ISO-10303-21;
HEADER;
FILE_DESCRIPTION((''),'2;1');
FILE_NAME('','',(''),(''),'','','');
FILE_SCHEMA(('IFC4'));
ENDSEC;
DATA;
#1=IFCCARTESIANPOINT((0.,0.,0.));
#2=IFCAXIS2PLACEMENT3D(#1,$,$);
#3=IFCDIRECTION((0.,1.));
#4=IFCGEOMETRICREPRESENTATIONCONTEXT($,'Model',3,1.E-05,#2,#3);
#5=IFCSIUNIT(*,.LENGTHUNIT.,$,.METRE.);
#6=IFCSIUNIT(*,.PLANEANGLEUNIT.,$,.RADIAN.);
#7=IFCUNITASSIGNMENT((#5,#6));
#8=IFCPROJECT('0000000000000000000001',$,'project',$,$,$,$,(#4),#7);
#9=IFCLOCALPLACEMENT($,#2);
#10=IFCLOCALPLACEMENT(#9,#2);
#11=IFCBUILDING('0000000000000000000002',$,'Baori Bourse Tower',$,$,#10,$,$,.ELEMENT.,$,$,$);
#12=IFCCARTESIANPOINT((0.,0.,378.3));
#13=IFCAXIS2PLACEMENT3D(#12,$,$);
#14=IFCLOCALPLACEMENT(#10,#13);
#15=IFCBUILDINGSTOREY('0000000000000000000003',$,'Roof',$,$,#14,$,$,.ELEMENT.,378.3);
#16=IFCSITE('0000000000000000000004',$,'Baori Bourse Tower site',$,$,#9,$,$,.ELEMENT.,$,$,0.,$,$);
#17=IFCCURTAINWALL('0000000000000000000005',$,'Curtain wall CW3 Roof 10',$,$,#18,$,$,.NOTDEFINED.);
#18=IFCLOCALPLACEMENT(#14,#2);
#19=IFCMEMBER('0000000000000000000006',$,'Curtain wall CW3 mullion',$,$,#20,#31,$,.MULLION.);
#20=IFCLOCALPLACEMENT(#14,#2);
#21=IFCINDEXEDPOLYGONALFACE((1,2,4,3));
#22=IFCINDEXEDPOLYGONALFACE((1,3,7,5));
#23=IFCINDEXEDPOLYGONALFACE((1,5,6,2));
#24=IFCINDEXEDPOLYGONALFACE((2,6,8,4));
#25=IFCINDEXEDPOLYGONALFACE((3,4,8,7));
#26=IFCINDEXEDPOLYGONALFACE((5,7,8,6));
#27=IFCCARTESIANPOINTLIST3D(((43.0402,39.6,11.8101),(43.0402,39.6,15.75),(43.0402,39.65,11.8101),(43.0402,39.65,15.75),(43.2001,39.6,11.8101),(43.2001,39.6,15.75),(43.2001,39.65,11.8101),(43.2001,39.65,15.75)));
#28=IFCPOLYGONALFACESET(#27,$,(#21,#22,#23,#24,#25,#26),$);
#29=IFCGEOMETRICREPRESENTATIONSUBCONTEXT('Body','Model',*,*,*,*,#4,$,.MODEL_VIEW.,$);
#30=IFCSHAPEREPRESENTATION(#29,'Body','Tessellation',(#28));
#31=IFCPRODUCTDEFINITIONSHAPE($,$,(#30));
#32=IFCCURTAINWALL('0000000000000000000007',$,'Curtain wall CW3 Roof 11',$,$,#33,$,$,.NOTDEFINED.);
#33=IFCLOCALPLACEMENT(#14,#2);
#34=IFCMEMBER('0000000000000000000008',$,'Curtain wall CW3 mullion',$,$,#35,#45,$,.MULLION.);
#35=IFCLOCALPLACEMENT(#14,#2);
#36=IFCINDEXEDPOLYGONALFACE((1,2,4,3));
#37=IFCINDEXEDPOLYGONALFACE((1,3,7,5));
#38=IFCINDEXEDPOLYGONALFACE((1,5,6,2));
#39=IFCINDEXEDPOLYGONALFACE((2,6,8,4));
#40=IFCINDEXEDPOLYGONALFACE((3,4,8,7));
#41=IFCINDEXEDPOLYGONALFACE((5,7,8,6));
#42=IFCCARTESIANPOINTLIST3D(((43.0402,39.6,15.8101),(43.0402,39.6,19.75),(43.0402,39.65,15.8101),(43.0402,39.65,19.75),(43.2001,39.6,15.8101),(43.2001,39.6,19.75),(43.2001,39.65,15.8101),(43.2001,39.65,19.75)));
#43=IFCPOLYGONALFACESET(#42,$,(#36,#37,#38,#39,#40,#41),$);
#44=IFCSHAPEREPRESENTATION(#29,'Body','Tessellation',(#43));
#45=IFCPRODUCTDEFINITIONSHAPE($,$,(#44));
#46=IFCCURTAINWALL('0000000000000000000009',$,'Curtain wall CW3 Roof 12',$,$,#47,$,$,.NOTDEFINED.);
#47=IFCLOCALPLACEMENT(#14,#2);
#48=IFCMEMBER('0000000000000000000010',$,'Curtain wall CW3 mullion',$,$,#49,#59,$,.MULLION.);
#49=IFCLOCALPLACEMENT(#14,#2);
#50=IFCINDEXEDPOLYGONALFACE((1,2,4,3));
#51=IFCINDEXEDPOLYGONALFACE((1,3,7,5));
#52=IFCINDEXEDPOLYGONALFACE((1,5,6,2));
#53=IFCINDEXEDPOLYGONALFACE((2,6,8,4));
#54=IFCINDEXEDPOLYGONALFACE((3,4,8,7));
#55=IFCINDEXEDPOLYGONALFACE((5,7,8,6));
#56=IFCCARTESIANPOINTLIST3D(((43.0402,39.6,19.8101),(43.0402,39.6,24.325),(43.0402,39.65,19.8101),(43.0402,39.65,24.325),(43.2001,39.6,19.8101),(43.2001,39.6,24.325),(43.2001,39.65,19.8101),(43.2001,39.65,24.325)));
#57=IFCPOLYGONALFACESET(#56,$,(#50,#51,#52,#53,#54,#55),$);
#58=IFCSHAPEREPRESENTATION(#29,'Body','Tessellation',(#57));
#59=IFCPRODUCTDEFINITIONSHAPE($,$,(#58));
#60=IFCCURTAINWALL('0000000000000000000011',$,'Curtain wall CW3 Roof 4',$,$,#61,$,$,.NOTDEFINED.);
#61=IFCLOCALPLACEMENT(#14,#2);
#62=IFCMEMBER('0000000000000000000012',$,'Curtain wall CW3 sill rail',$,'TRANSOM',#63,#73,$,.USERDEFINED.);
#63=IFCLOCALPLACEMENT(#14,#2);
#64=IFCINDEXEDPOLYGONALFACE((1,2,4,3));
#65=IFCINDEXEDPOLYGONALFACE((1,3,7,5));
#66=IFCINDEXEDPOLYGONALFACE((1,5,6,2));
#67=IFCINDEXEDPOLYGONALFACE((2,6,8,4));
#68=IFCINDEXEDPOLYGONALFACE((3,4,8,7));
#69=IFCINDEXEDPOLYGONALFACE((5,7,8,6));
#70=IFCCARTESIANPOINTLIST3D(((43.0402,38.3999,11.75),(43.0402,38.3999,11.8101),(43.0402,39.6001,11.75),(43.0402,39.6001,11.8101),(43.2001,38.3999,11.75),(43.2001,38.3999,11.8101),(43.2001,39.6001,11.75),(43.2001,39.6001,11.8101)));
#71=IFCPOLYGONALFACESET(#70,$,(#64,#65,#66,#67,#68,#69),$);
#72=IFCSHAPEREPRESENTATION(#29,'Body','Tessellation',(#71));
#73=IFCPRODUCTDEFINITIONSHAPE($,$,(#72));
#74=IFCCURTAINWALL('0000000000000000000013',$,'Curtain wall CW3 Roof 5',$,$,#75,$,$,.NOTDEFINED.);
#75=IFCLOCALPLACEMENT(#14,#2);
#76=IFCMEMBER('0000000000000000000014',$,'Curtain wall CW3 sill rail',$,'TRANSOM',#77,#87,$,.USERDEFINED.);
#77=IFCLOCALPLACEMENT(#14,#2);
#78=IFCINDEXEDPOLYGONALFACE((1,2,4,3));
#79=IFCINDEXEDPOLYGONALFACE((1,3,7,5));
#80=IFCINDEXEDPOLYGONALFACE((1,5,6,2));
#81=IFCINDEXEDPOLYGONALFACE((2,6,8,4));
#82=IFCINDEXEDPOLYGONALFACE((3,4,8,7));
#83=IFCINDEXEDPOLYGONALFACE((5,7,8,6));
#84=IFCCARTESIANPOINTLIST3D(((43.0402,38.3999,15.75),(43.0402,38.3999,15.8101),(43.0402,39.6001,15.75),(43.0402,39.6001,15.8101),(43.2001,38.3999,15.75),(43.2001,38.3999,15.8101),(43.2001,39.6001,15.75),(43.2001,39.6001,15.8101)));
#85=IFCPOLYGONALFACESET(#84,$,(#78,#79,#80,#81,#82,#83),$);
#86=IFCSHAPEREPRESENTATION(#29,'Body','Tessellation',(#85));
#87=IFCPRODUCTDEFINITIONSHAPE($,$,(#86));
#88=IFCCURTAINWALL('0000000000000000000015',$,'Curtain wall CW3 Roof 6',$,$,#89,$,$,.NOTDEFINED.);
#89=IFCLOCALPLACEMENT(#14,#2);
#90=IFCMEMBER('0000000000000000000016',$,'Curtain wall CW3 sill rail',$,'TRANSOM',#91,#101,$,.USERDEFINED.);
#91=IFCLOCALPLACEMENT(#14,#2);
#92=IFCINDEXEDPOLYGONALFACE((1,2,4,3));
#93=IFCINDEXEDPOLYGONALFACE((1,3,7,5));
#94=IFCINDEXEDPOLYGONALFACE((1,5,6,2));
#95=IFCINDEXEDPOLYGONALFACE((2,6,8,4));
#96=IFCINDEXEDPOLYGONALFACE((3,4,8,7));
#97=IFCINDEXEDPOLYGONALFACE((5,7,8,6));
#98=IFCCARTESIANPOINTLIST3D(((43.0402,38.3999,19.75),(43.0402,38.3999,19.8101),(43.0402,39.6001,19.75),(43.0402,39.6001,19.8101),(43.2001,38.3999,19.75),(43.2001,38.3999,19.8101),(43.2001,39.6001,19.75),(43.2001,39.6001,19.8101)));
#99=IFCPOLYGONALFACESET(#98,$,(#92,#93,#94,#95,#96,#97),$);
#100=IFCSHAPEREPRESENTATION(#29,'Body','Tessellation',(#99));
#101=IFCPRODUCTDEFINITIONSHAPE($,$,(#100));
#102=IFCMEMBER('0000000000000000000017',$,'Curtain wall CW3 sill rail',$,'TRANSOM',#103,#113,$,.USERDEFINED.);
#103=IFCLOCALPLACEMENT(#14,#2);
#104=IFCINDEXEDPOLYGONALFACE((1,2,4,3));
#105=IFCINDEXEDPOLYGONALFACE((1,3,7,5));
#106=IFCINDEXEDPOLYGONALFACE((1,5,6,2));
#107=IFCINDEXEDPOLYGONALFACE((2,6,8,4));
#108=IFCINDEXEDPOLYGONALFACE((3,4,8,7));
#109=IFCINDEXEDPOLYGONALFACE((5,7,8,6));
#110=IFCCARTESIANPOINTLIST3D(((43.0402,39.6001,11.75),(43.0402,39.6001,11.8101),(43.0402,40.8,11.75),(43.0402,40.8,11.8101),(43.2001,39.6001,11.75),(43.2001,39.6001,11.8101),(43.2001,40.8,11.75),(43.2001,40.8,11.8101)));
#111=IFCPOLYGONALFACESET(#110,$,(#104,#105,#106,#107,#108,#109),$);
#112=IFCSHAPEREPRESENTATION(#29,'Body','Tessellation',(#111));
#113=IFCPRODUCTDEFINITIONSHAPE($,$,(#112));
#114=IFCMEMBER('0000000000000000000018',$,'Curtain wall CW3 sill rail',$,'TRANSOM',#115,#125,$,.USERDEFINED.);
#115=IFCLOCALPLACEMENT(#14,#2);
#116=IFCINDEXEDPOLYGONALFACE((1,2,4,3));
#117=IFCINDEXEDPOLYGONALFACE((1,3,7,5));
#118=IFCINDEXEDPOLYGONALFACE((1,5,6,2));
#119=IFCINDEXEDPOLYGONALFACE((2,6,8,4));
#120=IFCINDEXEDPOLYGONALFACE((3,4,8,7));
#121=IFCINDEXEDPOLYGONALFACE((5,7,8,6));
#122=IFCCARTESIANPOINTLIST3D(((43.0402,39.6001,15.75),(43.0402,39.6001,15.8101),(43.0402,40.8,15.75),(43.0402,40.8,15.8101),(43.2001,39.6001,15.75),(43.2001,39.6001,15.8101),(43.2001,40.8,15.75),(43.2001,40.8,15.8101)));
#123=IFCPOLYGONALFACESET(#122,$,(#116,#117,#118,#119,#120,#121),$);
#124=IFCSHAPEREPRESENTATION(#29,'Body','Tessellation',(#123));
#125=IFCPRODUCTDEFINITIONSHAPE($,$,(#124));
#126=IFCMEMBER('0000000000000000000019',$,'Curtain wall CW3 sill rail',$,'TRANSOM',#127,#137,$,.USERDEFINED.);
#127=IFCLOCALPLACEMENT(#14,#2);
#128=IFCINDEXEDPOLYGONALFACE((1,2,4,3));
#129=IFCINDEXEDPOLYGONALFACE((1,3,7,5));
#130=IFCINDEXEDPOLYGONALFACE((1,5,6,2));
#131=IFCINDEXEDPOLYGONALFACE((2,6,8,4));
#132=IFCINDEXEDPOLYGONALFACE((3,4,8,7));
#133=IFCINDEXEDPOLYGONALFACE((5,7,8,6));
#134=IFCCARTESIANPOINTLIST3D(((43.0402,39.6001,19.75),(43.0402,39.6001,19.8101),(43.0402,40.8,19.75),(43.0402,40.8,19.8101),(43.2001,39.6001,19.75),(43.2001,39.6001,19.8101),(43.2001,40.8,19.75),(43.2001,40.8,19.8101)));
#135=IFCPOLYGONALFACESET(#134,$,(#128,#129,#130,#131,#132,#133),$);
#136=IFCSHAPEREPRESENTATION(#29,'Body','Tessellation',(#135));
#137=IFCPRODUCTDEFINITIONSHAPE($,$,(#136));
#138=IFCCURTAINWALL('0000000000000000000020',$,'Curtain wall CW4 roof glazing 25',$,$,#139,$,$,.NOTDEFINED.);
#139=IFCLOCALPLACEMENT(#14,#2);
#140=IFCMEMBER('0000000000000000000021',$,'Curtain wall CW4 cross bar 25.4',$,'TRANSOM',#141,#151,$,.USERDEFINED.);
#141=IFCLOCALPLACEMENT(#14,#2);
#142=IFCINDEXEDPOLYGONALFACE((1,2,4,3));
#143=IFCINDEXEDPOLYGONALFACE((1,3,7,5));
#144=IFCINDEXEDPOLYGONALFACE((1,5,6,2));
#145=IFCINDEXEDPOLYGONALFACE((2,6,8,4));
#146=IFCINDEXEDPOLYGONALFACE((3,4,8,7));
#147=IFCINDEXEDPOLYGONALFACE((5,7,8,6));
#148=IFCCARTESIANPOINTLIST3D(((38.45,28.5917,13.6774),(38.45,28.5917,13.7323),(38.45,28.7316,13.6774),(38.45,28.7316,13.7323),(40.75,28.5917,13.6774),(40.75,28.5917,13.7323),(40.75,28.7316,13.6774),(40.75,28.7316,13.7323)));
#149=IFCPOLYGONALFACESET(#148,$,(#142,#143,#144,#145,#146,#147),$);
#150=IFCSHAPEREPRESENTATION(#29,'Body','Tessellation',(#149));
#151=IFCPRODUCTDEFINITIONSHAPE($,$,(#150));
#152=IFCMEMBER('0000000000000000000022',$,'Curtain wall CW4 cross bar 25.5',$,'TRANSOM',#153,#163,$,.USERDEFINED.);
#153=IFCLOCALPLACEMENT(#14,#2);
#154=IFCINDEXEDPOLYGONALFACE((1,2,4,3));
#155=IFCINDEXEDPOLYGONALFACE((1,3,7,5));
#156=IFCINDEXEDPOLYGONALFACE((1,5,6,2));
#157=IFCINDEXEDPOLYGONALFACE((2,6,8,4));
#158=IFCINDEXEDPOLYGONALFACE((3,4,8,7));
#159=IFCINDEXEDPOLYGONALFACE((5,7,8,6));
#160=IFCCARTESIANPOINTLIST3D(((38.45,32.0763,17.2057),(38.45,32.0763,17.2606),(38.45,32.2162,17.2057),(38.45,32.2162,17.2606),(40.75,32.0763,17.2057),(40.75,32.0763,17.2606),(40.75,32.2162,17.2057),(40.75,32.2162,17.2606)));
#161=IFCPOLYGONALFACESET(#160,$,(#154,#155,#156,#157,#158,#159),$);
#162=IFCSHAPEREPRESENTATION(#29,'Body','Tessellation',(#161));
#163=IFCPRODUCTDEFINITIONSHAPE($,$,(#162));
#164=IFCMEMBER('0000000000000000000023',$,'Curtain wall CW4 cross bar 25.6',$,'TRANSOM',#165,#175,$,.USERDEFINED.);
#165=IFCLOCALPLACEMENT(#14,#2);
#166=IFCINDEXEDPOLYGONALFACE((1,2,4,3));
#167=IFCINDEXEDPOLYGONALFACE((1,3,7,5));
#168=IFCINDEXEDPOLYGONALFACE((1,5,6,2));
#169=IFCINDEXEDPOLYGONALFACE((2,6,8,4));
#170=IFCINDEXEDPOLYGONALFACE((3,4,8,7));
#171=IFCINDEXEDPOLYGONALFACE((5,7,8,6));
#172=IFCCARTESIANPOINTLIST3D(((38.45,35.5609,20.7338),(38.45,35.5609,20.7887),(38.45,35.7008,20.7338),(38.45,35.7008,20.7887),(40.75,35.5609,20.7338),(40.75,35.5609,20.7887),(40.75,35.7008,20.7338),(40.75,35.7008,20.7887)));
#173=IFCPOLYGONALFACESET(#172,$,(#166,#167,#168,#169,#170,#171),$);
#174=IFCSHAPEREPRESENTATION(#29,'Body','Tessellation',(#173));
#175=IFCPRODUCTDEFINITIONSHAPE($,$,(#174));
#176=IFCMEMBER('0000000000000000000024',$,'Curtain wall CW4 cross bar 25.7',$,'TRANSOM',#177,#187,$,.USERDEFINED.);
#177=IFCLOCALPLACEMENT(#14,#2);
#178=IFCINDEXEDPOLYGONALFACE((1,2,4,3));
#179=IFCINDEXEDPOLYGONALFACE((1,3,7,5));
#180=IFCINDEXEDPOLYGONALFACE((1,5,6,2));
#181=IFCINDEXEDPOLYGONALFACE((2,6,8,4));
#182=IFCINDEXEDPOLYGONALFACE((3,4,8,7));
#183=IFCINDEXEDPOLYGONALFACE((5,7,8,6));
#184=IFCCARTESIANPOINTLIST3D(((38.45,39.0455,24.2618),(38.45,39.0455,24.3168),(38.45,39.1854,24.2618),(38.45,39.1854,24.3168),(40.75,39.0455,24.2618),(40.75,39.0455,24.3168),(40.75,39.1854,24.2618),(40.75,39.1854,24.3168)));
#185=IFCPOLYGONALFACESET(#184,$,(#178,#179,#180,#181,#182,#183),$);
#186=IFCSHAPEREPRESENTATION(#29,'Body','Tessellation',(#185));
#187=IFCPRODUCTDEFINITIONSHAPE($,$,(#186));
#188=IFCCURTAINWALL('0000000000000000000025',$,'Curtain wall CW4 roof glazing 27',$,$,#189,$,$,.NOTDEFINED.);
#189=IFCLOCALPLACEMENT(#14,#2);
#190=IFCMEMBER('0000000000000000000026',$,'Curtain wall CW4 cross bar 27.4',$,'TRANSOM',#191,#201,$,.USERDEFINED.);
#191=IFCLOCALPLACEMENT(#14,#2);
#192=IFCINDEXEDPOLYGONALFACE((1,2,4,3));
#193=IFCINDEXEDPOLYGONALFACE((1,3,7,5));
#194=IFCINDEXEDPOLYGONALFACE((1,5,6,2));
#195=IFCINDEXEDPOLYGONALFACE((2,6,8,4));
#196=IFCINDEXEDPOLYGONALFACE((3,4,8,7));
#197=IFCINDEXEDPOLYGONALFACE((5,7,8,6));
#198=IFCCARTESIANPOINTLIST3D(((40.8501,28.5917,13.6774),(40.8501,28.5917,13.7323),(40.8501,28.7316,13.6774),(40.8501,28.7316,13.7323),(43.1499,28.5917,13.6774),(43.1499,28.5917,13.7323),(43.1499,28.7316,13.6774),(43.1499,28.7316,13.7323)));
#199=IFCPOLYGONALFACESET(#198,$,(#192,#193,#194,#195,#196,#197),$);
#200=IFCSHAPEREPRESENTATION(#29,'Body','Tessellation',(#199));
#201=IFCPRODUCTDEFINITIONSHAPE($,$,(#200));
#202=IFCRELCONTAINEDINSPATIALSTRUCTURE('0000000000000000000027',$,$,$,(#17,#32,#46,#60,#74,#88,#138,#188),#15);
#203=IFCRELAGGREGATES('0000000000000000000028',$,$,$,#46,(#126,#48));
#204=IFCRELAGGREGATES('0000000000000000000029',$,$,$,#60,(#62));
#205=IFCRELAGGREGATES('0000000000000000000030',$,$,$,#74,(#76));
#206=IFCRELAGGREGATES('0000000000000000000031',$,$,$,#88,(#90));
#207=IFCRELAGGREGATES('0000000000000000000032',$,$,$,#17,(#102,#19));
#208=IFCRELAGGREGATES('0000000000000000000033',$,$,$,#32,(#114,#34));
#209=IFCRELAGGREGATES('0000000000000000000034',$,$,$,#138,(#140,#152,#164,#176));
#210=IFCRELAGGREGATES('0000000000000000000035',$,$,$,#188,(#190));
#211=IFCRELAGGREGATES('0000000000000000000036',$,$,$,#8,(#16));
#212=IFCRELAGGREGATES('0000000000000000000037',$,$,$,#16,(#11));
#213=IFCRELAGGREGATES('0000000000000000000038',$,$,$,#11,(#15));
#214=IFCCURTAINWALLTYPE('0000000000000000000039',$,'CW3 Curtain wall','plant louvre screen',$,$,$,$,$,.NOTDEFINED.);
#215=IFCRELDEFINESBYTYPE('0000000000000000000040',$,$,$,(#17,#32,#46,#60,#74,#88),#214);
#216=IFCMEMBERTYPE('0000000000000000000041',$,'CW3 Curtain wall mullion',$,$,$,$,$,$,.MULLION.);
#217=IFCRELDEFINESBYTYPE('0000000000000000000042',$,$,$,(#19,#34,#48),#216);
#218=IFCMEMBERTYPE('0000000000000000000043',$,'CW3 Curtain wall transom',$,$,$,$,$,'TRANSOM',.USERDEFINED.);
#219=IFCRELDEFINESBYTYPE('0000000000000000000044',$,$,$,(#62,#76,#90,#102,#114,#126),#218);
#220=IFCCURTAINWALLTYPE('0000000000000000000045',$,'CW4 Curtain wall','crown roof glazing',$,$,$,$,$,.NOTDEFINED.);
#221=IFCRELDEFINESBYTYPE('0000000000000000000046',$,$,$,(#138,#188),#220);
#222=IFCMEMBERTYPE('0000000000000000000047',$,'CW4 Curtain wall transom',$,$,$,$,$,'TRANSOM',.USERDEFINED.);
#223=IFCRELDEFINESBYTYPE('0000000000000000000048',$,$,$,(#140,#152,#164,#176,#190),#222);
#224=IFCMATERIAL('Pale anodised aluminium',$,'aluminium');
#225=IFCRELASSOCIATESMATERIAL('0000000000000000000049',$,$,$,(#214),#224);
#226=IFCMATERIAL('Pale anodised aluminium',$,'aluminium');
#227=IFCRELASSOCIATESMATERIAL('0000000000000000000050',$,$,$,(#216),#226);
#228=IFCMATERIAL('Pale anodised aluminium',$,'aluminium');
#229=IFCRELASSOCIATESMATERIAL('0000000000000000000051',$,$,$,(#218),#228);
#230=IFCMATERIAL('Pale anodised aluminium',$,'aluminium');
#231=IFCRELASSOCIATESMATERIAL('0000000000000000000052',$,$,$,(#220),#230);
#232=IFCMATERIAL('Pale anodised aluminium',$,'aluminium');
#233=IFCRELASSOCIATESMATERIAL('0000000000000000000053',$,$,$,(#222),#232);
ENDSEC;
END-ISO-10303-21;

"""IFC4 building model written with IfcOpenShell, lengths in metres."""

from ifc_helpers import new_model, si_unit, direction, frame, origin, origin_2d, place, context, subcontext, project, spatial, rectangle, extrude, material, material_profile, profile_set, type_object, element, aggregate, save


model = new_model("IFC4")

# Units and contexts
model_context = context("Model", 3, precision=1e-05, world=origin(), true_north=direction((0.0, 1.0)))
body_context = subcontext(model_context, "Body", "Model", "MODEL_VIEW")
ifc_project = project(units=[si_unit("LENGTHUNIT", "METRE"), si_unit("PLANEANGLEUNIT", "RADIAN")], contexts=[model_context])

# Site, building, storey
site_placement = place(None, origin())
site = spatial("IfcSite", under=ifc_project, at=site_placement, Name="Baori Bourse Tower site", CompositionType="ELEMENT", RefElevation=0.0)
building_placement = place(site_placement, origin())
building = spatial("IfcBuilding", under=site, at=building_placement, Name="Baori Bourse Tower", CompositionType="ELEMENT")
storey_placement = place(building_placement, frame((0.0, 0.0, 378.3)))
storey = spatial("IfcBuildingStorey", under=building, at=storey_placement, Name="Roof", CompositionType="ELEMENT", Elevation=378.3)

# Curtain walls, members
ifc_material_1 = material(Name="Pale anodised aluminium", Category="aluminium")
curtain_wall_type_1 = type_object("IfcCurtainWallType", Name="CW3 Curtain wall", Description="plant louvre screen", PredefinedType="NOTDEFINED", material=ifc_material_1)
curtain_wall_1_placement = place(storey_placement, origin())
curtain_wall_1 = element("IfcCurtainWall", 1, at=curtain_wall_1_placement, inside=storey, type_object=curtain_wall_type_1, Name="Curtain wall CW3 Roof 10", PredefinedType="NOTDEFINED")
ifc_material_2 = material(Name="Pale anodised aluminium", Category="aluminium")
ifc_material_profile_1 = material_profile(ifc_material_2, rectangle(XDim=0.1599, YDim=0.05, at=origin_2d()), Name="Mullion 50x160")
ifc_profile_set_1 = profile_set([ifc_material_profile_1], Name="Pale anodised aluminium")
member_type_1 = type_object("IfcMemberType", Name="CW3 Curtain wall mullion", PredefinedType="MULLION", material=ifc_profile_set_1)
member_1_placement = place(storey_placement, frame((43.1201, 39.625, 11.8101), z_axis=(0.0, 0.0, 1.0), x_axis=(-1.0, 0.0, 0.0)))
member_1 = element("IfcMember", 2, at=member_1_placement, type_object=member_type_1, Name="Curtain wall CW3 mullion", PredefinedType="MULLION", context=body_context, shape_type="SweptSolid", body=[
    extrude(rectangle(XDim=0.1599, YDim=0.05, at=origin_2d()), origin(), (0.0, 0.0, 1.0), 3.9399),
])
curtain_wall_2_placement = place(storey_placement, origin())
curtain_wall_2 = element("IfcCurtainWall", 3, at=curtain_wall_2_placement, inside=storey, type_object=curtain_wall_type_1, Name="Curtain wall CW3 Roof 11", PredefinedType="NOTDEFINED")
member_2_placement = place(storey_placement, frame((43.1201, 39.625, 15.8101), z_axis=(0.0, 0.0, 1.0), x_axis=(-1.0, 0.0, 0.0)))
member_2 = element("IfcMember", 4, at=member_2_placement, type_object=member_type_1, Name="Curtain wall CW3 mullion", PredefinedType="MULLION", context=body_context, shape_type="SweptSolid", body=[
    extrude(rectangle(XDim=0.1599, YDim=0.05, at=origin_2d()), origin(), (0.0, 0.0, 1.0), 3.9399),
])
curtain_wall_3_placement = place(storey_placement, origin())
curtain_wall_3 = element("IfcCurtainWall", 5, at=curtain_wall_3_placement, inside=storey, type_object=curtain_wall_type_1, Name="Curtain wall CW3 Roof 12", PredefinedType="NOTDEFINED")
member_3_placement = place(storey_placement, frame((43.1201, 39.625, 19.8101), z_axis=(0.0, 0.0, 1.0), x_axis=(-1.0, 0.0, 0.0)))
member_3 = element("IfcMember", 6, at=member_3_placement, type_object=member_type_1, Name="Curtain wall CW3 mullion", PredefinedType="MULLION", context=body_context, shape_type="SweptSolid", body=[
    extrude(rectangle(XDim=0.1599, YDim=0.05, at=origin_2d()), origin(), (0.0, 0.0, 1.0), 4.5149),
])
curtain_wall_4_placement = place(storey_placement, origin())
curtain_wall_4 = element("IfcCurtainWall", 7, at=curtain_wall_4_placement, inside=storey, type_object=curtain_wall_type_1, Name="Curtain wall CW3 Roof 4", PredefinedType="NOTDEFINED")
ifc_material_3 = material(Name="Pale anodised aluminium", Category="aluminium")
ifc_material_profile_2 = material_profile(ifc_material_3, rectangle(XDim=0.1599, YDim=0.0601, at=origin_2d()), Name="Transom 60x160")
ifc_profile_set_2 = profile_set([ifc_material_profile_2], Name="Pale anodised aluminium")
member_type_2 = type_object("IfcMemberType", Name="CW3 Curtain wall transom", ElementType="TRANSOM", PredefinedType="USERDEFINED", material=ifc_profile_set_2)
member_4_placement = place(storey_placement, frame((43.1201, 38.3999, 11.78), z_axis=(0.0, 1.0, 0.0), x_axis=(-1.0, 0.0, 0.0)))
member_4 = element("IfcMember", 8, at=member_4_placement, type_object=member_type_2, Name="Curtain wall CW3 sill rail", ObjectType="TRANSOM", PredefinedType="USERDEFINED", context=body_context, shape_type="SweptSolid", body=[
    extrude(rectangle(XDim=0.1599, YDim=0.0601, at=origin_2d()), origin(), (0.0, 0.0, 1.0), 1.2002),
])
curtain_wall_5_placement = place(storey_placement, origin())
curtain_wall_5 = element("IfcCurtainWall", 9, at=curtain_wall_5_placement, inside=storey, type_object=curtain_wall_type_1, Name="Curtain wall CW3 Roof 5", PredefinedType="NOTDEFINED")
member_5_placement = place(storey_placement, frame((43.1201, 38.3999, 15.78), z_axis=(0.0, 1.0, 0.0), x_axis=(-1.0, 0.0, 0.0)))
member_5 = element("IfcMember", 10, at=member_5_placement, type_object=member_type_2, Name="Curtain wall CW3 sill rail", ObjectType="TRANSOM", PredefinedType="USERDEFINED", context=body_context, shape_type="SweptSolid", body=[
    extrude(rectangle(XDim=0.1599, YDim=0.0601, at=origin_2d()), origin(), (0.0, 0.0, 1.0), 1.2002),
])
curtain_wall_6_placement = place(storey_placement, origin())
curtain_wall_6 = element("IfcCurtainWall", 11, at=curtain_wall_6_placement, inside=storey, type_object=curtain_wall_type_1, Name="Curtain wall CW3 Roof 6", PredefinedType="NOTDEFINED")
member_6_placement = place(storey_placement, frame((43.1201, 38.3999, 19.78), z_axis=(0.0, 1.0, 0.0), x_axis=(-1.0, 0.0, 0.0)))
member_6 = element("IfcMember", 12, at=member_6_placement, type_object=member_type_2, Name="Curtain wall CW3 sill rail", ObjectType="TRANSOM", PredefinedType="USERDEFINED", context=body_context, shape_type="SweptSolid", body=[
    extrude(rectangle(XDim=0.1599, YDim=0.0601, at=origin_2d()), origin(), (0.0, 0.0, 1.0), 1.2002),
])

# Members
member_7_placement = place(storey_placement, frame((43.1201, 39.6001, 11.78), z_axis=(0.0, 1.0, 0.0), x_axis=(-1.0, 0.0, 0.0)))
member_7 = element("IfcMember", 13, at=member_7_placement, type_object=member_type_2, Name="Curtain wall CW3 sill rail", ObjectType="TRANSOM", PredefinedType="USERDEFINED", context=body_context, shape_type="SweptSolid", body=[
    extrude(rectangle(XDim=0.1599, YDim=0.0601, at=origin_2d()), origin(), (0.0, 0.0, 1.0), 1.2),
])
member_8_placement = place(storey_placement, frame((43.1201, 39.6001, 15.78), z_axis=(0.0, 1.0, 0.0), x_axis=(-1.0, 0.0, 0.0)))
member_8 = element("IfcMember", 14, at=member_8_placement, type_object=member_type_2, Name="Curtain wall CW3 sill rail", ObjectType="TRANSOM", PredefinedType="USERDEFINED", context=body_context, shape_type="SweptSolid", body=[
    extrude(rectangle(XDim=0.1599, YDim=0.0601, at=origin_2d()), origin(), (0.0, 0.0, 1.0), 1.2),
])
member_9_placement = place(storey_placement, frame((43.1201, 39.6001, 19.78), z_axis=(0.0, 1.0, 0.0), x_axis=(-1.0, 0.0, 0.0)))
member_9 = element("IfcMember", 15, at=member_9_placement, type_object=member_type_2, Name="Curtain wall CW3 sill rail", ObjectType="TRANSOM", PredefinedType="USERDEFINED", context=body_context, shape_type="SweptSolid", body=[
    extrude(rectangle(XDim=0.1599, YDim=0.0601, at=origin_2d()), origin(), (0.0, 0.0, 1.0), 1.2),
])
aggregate(curtain_wall_3, [member_9, member_3])

# Curtain walls, members
ifc_material_4 = material(Name="Pale anodised aluminium", Category="aluminium")
curtain_wall_type_2 = type_object("IfcCurtainWallType", Name="CW4 Curtain wall", Description="crown roof glazing", PredefinedType="NOTDEFINED", material=ifc_material_4)
curtain_wall_7_placement = place(storey_placement, origin())
curtain_wall_7 = element("IfcCurtainWall", 16, at=curtain_wall_7_placement, inside=storey, type_object=curtain_wall_type_2, Name="Curtain wall CW4 roof glazing 25", PredefinedType="NOTDEFINED")
ifc_material_5 = material(Name="Pale anodised aluminium", Category="aluminium")
ifc_material_profile_3 = material_profile(ifc_material_5, rectangle(XDim=0.1399, YDim=0.0549, at=origin_2d()), Name="Transom 55x140")
ifc_profile_set_3 = profile_set([ifc_material_profile_3], Name="Pale anodised aluminium")
member_type_3 = type_object("IfcMemberType", Name="CW4 Curtain wall transom", ElementType="TRANSOM", PredefinedType="USERDEFINED", material=ifc_profile_set_3)
member_10_placement = place(storey_placement, frame((38.45, 28.6616, 13.7048), z_axis=(1.0, 0.0, 0.0), x_axis=(0.0, 1.0, 0.0)))
member_10 = element("IfcMember", 17, at=member_10_placement, type_object=member_type_3, Name="Curtain wall CW4 cross bar 25.4", ObjectType="TRANSOM", PredefinedType="USERDEFINED", context=body_context, shape_type="SweptSolid", body=[
    extrude(rectangle(XDim=0.1399, YDim=0.0549, at=origin_2d()), origin(), (0.0, 0.0, 1.0), 2.3),
])
member_11_placement = place(storey_placement, frame((38.45, 32.1462, 17.2332), z_axis=(1.0, 0.0, 0.0), x_axis=(0.0, 1.0, 0.0)))
member_11 = element("IfcMember", 18, at=member_11_placement, type_object=member_type_3, Name="Curtain wall CW4 cross bar 25.5", ObjectType="TRANSOM", PredefinedType="USERDEFINED", context=body_context, shape_type="SweptSolid", body=[
    extrude(rectangle(XDim=0.1399, YDim=0.0549, at=origin_2d()), origin(), (0.0, 0.0, 1.0), 2.3),
])
member_12_placement = place(storey_placement, frame((38.45, 35.6309, 20.7612), z_axis=(1.0, 0.0, 0.0), x_axis=(0.0, 1.0, 0.0)))
member_12 = element("IfcMember", 19, at=member_12_placement, type_object=member_type_3, Name="Curtain wall CW4 cross bar 25.6", ObjectType="TRANSOM", PredefinedType="USERDEFINED", context=body_context, shape_type="SweptSolid", body=[
    extrude(rectangle(XDim=0.1399, YDim=0.0549, at=origin_2d()), origin(), (0.0, 0.0, 1.0), 2.3),
])
member_13_placement = place(storey_placement, frame((38.45, 39.1155, 24.2893), z_axis=(1.0, 0.0, 0.0), x_axis=(0.0, 1.0, 0.0)))
member_13 = element("IfcMember", 20, at=member_13_placement, type_object=member_type_3, Name="Curtain wall CW4 cross bar 25.7", ObjectType="TRANSOM", PredefinedType="USERDEFINED", context=body_context, shape_type="SweptSolid", body=[
    extrude(rectangle(XDim=0.1399, YDim=0.0549, at=origin_2d()), origin(), (0.0, 0.0, 1.0), 2.3),
])
curtain_wall_8_placement = place(storey_placement, origin())
curtain_wall_8 = element("IfcCurtainWall", 21, at=curtain_wall_8_placement, inside=storey, type_object=curtain_wall_type_2, Name="Curtain wall CW4 roof glazing 27", PredefinedType="NOTDEFINED")
member_14_placement = place(storey_placement, frame((40.8501, 28.6616, 13.7048), z_axis=(1.0, 0.0, 0.0), x_axis=(0.0, 1.0, 0.0)))
member_14 = element("IfcMember", 22, at=member_14_placement, type_object=member_type_3, Name="Curtain wall CW4 cross bar 27.4", ObjectType="TRANSOM", PredefinedType="USERDEFINED", context=body_context, shape_type="SweptSolid", body=[
    extrude(rectangle(XDim=0.1399, YDim=0.0549, at=origin_2d()), origin(), (0.0, 0.0, 1.0), 2.2998),
])

aggregate(curtain_wall_4, [member_4])
aggregate(curtain_wall_5, [member_5])
aggregate(curtain_wall_6, [member_6])
aggregate(curtain_wall_1, [member_7, member_1])
aggregate(curtain_wall_2, [member_8, member_2])
aggregate(curtain_wall_7, [member_10, member_11, member_12, member_13])
aggregate(curtain_wall_8, [member_14])

save(model, "model.ifc")
